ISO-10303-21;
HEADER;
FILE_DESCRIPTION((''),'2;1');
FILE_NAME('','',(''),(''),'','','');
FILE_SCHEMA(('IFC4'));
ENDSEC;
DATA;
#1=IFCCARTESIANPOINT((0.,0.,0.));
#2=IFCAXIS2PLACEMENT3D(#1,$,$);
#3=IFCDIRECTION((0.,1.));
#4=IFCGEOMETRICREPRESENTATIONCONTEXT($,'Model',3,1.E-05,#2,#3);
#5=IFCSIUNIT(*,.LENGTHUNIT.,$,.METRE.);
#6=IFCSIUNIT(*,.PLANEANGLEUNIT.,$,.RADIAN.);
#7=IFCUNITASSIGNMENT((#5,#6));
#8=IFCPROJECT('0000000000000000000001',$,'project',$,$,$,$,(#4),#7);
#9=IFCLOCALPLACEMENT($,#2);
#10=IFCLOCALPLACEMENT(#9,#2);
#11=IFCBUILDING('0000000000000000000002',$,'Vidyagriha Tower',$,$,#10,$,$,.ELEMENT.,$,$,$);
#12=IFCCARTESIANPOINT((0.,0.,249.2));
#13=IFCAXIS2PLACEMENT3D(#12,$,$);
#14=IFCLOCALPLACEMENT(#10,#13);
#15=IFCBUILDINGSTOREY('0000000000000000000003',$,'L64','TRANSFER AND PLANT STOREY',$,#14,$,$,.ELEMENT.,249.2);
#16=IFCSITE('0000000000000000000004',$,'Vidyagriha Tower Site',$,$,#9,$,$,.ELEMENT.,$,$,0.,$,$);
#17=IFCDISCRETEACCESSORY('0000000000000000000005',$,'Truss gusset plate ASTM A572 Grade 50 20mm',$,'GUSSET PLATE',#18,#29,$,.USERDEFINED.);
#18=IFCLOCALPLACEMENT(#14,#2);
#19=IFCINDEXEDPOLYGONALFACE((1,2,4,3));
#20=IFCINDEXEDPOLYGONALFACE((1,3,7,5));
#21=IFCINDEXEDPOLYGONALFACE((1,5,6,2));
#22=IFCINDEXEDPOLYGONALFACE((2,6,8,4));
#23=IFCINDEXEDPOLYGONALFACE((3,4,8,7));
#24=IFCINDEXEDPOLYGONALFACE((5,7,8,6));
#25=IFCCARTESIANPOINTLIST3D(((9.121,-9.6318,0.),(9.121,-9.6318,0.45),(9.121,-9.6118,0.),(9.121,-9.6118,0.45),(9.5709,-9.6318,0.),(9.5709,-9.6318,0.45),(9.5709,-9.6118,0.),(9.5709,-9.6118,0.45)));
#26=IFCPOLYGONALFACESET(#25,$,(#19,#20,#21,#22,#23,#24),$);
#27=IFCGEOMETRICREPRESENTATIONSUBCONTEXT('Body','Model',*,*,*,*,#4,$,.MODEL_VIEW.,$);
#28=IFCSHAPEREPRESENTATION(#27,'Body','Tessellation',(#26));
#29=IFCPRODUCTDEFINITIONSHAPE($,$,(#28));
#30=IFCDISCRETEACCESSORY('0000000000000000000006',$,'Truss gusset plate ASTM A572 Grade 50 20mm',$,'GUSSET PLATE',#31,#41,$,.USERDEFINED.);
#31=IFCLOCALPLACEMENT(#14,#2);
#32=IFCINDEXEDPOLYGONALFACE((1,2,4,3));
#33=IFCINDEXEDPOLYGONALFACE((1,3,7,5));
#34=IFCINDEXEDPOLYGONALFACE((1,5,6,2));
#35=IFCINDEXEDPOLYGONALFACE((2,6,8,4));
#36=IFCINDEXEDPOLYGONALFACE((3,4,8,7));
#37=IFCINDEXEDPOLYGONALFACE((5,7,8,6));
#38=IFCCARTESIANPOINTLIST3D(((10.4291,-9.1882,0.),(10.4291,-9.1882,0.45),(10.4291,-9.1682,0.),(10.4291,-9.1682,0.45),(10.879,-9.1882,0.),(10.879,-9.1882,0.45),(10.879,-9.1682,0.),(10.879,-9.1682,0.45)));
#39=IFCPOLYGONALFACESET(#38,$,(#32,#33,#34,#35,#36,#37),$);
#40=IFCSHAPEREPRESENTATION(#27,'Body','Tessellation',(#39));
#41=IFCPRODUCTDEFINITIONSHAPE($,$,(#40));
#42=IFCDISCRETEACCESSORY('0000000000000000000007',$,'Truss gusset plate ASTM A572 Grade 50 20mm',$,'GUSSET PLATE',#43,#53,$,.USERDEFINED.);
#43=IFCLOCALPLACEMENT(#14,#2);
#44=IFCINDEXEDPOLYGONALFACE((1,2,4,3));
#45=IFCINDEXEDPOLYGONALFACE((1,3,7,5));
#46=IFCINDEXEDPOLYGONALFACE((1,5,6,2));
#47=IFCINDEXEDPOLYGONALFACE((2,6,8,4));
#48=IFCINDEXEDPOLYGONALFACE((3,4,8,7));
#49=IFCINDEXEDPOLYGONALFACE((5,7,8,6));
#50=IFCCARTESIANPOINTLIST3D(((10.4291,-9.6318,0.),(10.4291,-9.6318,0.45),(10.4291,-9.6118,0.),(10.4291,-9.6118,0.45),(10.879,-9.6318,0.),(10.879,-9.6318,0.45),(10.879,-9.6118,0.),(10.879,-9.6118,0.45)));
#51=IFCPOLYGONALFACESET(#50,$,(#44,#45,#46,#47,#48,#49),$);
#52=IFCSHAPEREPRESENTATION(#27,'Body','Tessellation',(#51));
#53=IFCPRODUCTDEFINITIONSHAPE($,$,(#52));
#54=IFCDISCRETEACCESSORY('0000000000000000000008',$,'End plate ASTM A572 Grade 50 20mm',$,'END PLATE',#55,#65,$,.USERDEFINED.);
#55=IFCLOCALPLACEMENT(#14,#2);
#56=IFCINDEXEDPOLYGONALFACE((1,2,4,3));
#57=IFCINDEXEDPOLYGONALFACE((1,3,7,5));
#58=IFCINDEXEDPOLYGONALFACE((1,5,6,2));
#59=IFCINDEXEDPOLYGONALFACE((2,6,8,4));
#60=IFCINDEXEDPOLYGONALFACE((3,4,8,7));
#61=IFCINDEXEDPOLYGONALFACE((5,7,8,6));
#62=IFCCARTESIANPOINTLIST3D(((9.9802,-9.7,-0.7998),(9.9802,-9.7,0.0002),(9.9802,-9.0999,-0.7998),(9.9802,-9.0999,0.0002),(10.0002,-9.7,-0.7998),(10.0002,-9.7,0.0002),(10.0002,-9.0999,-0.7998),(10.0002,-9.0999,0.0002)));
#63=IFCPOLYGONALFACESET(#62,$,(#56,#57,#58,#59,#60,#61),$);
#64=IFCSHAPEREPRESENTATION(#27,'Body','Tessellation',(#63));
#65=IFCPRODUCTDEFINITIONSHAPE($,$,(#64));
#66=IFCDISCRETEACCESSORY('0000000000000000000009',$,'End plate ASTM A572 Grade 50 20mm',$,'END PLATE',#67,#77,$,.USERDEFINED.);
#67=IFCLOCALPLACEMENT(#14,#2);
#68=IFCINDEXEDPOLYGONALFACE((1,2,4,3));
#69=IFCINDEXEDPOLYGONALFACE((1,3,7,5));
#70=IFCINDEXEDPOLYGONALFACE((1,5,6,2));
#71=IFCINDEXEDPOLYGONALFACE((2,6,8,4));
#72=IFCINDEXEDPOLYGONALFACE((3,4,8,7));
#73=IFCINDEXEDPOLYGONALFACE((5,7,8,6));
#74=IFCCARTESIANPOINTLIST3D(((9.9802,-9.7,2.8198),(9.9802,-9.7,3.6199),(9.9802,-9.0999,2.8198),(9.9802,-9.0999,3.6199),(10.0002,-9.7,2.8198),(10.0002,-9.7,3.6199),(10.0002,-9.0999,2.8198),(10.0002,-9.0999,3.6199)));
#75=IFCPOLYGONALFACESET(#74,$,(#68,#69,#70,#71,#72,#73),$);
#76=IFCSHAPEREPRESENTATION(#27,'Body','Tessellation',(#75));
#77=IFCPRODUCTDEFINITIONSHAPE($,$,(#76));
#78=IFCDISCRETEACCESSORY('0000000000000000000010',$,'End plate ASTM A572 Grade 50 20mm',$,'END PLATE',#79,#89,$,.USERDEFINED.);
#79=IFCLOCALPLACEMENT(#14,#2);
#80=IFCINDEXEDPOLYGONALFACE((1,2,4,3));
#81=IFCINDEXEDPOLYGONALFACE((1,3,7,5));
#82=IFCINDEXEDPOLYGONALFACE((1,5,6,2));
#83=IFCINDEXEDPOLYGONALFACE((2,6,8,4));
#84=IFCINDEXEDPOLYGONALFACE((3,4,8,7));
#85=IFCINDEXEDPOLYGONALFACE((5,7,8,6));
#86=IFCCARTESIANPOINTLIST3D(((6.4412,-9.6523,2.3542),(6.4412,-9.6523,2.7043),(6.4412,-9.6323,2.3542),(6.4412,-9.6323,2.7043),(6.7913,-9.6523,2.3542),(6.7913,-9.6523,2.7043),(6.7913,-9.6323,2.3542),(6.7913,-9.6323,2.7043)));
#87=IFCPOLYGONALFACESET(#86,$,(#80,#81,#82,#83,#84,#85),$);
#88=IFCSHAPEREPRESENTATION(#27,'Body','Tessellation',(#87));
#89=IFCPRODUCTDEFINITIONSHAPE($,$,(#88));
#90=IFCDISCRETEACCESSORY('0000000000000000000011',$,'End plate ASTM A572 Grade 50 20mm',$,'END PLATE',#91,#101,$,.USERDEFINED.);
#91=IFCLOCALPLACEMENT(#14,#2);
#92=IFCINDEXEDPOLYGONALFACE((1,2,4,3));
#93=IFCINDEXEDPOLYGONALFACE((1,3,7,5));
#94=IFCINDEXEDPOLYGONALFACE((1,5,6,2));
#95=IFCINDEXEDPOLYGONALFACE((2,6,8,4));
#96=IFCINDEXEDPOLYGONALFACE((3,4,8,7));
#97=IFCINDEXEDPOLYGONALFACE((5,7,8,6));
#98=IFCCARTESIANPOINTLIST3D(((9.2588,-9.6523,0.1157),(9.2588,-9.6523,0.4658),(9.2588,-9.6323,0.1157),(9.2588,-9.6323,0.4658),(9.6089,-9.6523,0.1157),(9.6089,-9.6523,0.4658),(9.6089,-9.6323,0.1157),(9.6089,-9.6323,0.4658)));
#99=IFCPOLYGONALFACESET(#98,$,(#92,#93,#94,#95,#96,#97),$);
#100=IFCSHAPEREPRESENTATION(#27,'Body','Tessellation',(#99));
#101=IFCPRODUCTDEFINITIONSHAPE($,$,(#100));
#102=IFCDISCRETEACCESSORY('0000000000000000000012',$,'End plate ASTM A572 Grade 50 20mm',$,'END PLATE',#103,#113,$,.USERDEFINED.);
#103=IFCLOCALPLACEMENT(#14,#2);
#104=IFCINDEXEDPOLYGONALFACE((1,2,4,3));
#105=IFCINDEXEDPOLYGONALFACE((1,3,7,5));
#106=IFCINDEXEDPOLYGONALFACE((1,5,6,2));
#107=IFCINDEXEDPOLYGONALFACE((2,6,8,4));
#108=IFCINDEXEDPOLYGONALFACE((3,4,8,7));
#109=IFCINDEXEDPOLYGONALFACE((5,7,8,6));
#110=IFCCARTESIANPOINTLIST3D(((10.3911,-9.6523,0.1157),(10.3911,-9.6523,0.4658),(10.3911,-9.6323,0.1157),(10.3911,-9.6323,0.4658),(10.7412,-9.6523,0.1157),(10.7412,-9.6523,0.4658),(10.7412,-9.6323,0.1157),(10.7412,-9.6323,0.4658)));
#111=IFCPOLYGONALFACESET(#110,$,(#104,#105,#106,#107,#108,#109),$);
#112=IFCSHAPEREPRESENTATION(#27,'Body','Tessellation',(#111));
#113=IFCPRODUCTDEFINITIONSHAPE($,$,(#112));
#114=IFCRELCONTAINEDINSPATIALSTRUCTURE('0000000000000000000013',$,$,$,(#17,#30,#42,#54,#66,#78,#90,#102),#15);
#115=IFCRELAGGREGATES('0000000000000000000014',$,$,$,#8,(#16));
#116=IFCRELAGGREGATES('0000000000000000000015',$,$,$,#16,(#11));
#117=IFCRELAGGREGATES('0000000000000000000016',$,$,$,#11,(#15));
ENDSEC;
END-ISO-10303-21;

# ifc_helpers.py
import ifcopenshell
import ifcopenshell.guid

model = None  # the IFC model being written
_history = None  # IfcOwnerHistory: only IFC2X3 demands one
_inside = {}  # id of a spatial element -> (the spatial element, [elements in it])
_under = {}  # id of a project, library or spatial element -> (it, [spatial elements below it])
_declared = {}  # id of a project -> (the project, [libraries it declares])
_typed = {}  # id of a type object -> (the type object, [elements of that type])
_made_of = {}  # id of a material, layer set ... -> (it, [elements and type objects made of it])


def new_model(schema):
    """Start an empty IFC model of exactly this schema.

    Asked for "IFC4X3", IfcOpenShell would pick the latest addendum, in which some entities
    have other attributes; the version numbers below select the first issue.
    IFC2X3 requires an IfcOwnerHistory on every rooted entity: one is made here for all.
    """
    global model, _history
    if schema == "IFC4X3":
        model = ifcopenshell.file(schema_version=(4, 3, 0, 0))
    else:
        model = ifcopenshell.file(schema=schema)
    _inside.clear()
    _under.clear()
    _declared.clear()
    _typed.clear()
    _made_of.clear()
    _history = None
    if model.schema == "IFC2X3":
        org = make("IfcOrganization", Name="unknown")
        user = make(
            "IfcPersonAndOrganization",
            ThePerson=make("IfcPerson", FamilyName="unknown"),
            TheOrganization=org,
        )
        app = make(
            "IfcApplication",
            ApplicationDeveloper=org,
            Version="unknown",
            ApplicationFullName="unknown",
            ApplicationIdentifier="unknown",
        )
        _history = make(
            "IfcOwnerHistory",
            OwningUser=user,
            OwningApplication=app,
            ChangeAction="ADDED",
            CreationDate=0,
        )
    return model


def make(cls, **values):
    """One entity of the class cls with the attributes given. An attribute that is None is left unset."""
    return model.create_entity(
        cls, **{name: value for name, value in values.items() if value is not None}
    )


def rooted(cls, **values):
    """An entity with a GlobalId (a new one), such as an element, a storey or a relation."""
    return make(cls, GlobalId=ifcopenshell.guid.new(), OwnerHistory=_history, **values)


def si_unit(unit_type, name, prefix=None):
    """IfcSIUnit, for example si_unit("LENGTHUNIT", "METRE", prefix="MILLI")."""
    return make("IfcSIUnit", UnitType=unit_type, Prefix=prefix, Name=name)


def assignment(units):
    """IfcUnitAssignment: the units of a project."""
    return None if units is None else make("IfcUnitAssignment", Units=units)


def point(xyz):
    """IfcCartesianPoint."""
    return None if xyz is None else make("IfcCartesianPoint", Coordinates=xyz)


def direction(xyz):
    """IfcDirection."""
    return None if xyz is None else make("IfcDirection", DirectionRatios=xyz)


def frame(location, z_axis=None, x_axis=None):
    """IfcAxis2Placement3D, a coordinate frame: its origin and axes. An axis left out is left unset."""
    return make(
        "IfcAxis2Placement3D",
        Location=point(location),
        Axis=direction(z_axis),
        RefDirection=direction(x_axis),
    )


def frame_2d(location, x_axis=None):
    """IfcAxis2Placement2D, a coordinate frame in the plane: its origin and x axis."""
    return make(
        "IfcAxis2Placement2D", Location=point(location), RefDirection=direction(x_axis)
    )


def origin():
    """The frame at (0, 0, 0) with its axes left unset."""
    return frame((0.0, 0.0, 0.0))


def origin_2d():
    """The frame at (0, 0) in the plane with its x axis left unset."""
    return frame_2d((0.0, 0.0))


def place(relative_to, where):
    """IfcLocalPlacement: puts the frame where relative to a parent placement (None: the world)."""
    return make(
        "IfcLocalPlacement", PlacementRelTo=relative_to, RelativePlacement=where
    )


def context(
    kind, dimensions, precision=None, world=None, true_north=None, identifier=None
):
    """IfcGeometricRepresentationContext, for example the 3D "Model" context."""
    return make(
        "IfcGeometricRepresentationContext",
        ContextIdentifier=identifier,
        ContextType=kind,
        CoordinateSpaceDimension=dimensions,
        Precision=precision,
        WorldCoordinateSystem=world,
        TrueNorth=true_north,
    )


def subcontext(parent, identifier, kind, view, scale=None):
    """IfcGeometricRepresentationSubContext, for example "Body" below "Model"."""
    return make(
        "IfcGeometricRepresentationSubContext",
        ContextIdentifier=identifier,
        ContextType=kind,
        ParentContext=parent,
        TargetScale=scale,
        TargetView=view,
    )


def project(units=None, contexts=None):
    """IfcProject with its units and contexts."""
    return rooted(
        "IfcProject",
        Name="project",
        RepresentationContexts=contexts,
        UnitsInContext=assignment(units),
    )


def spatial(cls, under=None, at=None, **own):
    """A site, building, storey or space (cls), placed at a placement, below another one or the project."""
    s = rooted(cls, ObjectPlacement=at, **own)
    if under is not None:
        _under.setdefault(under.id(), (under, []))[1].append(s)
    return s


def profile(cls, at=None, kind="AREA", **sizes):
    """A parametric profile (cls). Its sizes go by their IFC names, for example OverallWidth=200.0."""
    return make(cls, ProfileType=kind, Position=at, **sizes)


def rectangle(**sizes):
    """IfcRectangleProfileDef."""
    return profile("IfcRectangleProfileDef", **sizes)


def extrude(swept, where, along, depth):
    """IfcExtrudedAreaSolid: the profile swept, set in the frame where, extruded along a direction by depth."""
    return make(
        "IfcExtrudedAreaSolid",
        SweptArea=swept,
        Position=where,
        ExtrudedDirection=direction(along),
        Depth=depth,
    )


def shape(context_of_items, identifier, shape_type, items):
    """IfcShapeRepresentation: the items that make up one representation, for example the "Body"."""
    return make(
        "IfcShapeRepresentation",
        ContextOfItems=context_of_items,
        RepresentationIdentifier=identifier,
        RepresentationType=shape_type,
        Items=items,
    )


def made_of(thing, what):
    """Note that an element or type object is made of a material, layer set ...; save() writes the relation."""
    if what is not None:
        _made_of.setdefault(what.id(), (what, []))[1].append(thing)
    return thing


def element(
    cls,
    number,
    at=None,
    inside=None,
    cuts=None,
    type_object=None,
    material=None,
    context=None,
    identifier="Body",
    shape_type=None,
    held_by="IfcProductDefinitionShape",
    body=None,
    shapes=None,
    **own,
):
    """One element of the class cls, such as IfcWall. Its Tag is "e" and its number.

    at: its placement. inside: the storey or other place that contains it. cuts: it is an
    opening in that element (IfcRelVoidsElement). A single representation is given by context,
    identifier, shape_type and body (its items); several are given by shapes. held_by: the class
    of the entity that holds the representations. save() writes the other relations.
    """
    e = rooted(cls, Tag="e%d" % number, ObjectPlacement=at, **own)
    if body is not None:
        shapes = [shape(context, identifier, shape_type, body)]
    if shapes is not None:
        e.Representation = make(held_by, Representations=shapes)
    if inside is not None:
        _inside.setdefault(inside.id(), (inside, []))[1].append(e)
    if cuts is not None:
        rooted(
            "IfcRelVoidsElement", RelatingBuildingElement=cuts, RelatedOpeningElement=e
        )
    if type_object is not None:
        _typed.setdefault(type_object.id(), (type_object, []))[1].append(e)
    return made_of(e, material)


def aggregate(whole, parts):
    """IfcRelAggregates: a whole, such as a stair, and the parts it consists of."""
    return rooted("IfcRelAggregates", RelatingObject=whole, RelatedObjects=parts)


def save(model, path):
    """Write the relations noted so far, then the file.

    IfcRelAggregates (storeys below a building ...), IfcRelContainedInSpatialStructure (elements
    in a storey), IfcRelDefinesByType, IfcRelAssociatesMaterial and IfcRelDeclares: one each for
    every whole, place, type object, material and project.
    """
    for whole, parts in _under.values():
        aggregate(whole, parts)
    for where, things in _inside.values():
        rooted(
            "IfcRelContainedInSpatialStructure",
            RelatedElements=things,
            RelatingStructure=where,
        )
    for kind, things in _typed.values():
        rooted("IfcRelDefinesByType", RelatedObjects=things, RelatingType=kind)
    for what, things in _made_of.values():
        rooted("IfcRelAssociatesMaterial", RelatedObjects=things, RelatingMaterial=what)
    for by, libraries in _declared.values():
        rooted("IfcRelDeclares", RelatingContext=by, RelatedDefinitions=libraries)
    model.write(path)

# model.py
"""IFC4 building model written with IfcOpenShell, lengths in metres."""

from ifc_helpers import new_model, si_unit, direction, frame, origin, origin_2d, place, context, subcontext, project, spatial, rectangle, extrude, element, save


model = new_model("IFC4")

# Units and contexts
model_context = context("Model", 3, precision=1e-05, world=origin(), true_north=direction((0.0, 1.0)))
body_context = subcontext(model_context, "Body", "Model", "MODEL_VIEW")
ifc_project = project(units=[si_unit("LENGTHUNIT", "METRE"), si_unit("PLANEANGLEUNIT", "RADIAN")], contexts=[model_context])

# Site, building, storey
site_placement = place(None, origin())
site = spatial("IfcSite", under=ifc_project, at=site_placement, Name="Vidyagriha Tower Site", CompositionType="ELEMENT", RefElevation=0.0)
building_placement = place(site_placement, origin())
building = spatial("IfcBuilding", under=site, at=building_placement, Name="Vidyagriha Tower", CompositionType="ELEMENT")
storey_placement = place(building_placement, frame((0.0, 0.0, 249.2)))
storey = spatial("IfcBuildingStorey", under=building, at=storey_placement, Name="L64", Description="TRANSFER AND PLANT STOREY", CompositionType="ELEMENT", Elevation=249.2)

# Discrete accessories
for number, where, name in (
    (1, (9.3459, -9.6218, 0.0), "Truss gusset plate ASTM A572 Grade 50 20mm"),
    (2, (10.6541, -9.1782, 0.0), "Truss gusset plate ASTM A572 Grade 50 20mm"),
    (3, (10.6541, -9.6218, 0.0), "Truss gusset plate ASTM A572 Grade 50 20mm"),
):
    element("IfcDiscreteAccessory", number, at=place(storey_placement, frame(where)), inside=storey, Name=name, ObjectType="GUSSET PLATE", PredefinedType="USERDEFINED", context=body_context, shape_type="SweptSolid", body=[
        extrude(rectangle(XDim=0.45, YDim=0.02, at=origin_2d()), origin(), (0.0, 0.0, 1.0), 0.45),
    ])
for number, where, name in (
    (4, (9.9902, -9.3999, -0.7998), "End plate ASTM A572 Grade 50 20mm"),
    (5, (9.9902, -9.3999, 2.8198), "End plate ASTM A572 Grade 50 20mm"),
):
    element("IfcDiscreteAccessory", number, at=place(storey_placement, frame(where)), inside=storey, Name=name, ObjectType="END PLATE", PredefinedType="USERDEFINED", context=body_context, shape_type="SweptSolid", body=[
        extrude(rectangle(XDim=0.02, YDim=0.6001, at=origin_2d()), origin(), (0.0, 0.0, 1.0), 0.8),
    ])
discrete_accessory_1_placement = place(storey_placement, frame((6.6162, -9.6423, 2.3542), z_axis=(0.0, 0.0, 1.0), x_axis=(-1.0, 0.0, 0.0)))
element("IfcDiscreteAccessory", 6, at=discrete_accessory_1_placement, inside=storey, Name="End plate ASTM A572 Grade 50 20mm", ObjectType="END PLATE", PredefinedType="USERDEFINED", context=body_context, shape_type="SweptSolid", body=[
    extrude(rectangle(XDim=0.3501, YDim=0.02, at=origin_2d()), origin(), (0.0, 0.0, 1.0), 0.3501),
])
discrete_accessory_2_placement = place(storey_placement, frame((9.4338, -9.6423, 0.1157)))
element("IfcDiscreteAccessory", 7, at=discrete_accessory_2_placement, inside=storey, Name="End plate ASTM A572 Grade 50 20mm", ObjectType="END PLATE", PredefinedType="USERDEFINED", context=body_context, shape_type="SweptSolid", body=[
    extrude(rectangle(XDim=0.3501, YDim=0.02, at=origin_2d()), origin(), (0.0, 0.0, 1.0), 0.3501),
])
discrete_accessory_3_placement = place(storey_placement, frame((10.5662, -9.6423, 0.1157), z_axis=(0.0, 0.0, 1.0), x_axis=(-1.0, 0.0, 0.0)))
element("IfcDiscreteAccessory", 8, at=discrete_accessory_3_placement, inside=storey, Name="End plate ASTM A572 Grade 50 20mm", ObjectType="END PLATE", PredefinedType="USERDEFINED", context=body_context, shape_type="SweptSolid", body=[
    extrude(rectangle(XDim=0.3501, YDim=0.02, at=origin_2d()), origin(), (0.0, 0.0, 1.0), 0.3501),
])

save(model, "model.ifc")
